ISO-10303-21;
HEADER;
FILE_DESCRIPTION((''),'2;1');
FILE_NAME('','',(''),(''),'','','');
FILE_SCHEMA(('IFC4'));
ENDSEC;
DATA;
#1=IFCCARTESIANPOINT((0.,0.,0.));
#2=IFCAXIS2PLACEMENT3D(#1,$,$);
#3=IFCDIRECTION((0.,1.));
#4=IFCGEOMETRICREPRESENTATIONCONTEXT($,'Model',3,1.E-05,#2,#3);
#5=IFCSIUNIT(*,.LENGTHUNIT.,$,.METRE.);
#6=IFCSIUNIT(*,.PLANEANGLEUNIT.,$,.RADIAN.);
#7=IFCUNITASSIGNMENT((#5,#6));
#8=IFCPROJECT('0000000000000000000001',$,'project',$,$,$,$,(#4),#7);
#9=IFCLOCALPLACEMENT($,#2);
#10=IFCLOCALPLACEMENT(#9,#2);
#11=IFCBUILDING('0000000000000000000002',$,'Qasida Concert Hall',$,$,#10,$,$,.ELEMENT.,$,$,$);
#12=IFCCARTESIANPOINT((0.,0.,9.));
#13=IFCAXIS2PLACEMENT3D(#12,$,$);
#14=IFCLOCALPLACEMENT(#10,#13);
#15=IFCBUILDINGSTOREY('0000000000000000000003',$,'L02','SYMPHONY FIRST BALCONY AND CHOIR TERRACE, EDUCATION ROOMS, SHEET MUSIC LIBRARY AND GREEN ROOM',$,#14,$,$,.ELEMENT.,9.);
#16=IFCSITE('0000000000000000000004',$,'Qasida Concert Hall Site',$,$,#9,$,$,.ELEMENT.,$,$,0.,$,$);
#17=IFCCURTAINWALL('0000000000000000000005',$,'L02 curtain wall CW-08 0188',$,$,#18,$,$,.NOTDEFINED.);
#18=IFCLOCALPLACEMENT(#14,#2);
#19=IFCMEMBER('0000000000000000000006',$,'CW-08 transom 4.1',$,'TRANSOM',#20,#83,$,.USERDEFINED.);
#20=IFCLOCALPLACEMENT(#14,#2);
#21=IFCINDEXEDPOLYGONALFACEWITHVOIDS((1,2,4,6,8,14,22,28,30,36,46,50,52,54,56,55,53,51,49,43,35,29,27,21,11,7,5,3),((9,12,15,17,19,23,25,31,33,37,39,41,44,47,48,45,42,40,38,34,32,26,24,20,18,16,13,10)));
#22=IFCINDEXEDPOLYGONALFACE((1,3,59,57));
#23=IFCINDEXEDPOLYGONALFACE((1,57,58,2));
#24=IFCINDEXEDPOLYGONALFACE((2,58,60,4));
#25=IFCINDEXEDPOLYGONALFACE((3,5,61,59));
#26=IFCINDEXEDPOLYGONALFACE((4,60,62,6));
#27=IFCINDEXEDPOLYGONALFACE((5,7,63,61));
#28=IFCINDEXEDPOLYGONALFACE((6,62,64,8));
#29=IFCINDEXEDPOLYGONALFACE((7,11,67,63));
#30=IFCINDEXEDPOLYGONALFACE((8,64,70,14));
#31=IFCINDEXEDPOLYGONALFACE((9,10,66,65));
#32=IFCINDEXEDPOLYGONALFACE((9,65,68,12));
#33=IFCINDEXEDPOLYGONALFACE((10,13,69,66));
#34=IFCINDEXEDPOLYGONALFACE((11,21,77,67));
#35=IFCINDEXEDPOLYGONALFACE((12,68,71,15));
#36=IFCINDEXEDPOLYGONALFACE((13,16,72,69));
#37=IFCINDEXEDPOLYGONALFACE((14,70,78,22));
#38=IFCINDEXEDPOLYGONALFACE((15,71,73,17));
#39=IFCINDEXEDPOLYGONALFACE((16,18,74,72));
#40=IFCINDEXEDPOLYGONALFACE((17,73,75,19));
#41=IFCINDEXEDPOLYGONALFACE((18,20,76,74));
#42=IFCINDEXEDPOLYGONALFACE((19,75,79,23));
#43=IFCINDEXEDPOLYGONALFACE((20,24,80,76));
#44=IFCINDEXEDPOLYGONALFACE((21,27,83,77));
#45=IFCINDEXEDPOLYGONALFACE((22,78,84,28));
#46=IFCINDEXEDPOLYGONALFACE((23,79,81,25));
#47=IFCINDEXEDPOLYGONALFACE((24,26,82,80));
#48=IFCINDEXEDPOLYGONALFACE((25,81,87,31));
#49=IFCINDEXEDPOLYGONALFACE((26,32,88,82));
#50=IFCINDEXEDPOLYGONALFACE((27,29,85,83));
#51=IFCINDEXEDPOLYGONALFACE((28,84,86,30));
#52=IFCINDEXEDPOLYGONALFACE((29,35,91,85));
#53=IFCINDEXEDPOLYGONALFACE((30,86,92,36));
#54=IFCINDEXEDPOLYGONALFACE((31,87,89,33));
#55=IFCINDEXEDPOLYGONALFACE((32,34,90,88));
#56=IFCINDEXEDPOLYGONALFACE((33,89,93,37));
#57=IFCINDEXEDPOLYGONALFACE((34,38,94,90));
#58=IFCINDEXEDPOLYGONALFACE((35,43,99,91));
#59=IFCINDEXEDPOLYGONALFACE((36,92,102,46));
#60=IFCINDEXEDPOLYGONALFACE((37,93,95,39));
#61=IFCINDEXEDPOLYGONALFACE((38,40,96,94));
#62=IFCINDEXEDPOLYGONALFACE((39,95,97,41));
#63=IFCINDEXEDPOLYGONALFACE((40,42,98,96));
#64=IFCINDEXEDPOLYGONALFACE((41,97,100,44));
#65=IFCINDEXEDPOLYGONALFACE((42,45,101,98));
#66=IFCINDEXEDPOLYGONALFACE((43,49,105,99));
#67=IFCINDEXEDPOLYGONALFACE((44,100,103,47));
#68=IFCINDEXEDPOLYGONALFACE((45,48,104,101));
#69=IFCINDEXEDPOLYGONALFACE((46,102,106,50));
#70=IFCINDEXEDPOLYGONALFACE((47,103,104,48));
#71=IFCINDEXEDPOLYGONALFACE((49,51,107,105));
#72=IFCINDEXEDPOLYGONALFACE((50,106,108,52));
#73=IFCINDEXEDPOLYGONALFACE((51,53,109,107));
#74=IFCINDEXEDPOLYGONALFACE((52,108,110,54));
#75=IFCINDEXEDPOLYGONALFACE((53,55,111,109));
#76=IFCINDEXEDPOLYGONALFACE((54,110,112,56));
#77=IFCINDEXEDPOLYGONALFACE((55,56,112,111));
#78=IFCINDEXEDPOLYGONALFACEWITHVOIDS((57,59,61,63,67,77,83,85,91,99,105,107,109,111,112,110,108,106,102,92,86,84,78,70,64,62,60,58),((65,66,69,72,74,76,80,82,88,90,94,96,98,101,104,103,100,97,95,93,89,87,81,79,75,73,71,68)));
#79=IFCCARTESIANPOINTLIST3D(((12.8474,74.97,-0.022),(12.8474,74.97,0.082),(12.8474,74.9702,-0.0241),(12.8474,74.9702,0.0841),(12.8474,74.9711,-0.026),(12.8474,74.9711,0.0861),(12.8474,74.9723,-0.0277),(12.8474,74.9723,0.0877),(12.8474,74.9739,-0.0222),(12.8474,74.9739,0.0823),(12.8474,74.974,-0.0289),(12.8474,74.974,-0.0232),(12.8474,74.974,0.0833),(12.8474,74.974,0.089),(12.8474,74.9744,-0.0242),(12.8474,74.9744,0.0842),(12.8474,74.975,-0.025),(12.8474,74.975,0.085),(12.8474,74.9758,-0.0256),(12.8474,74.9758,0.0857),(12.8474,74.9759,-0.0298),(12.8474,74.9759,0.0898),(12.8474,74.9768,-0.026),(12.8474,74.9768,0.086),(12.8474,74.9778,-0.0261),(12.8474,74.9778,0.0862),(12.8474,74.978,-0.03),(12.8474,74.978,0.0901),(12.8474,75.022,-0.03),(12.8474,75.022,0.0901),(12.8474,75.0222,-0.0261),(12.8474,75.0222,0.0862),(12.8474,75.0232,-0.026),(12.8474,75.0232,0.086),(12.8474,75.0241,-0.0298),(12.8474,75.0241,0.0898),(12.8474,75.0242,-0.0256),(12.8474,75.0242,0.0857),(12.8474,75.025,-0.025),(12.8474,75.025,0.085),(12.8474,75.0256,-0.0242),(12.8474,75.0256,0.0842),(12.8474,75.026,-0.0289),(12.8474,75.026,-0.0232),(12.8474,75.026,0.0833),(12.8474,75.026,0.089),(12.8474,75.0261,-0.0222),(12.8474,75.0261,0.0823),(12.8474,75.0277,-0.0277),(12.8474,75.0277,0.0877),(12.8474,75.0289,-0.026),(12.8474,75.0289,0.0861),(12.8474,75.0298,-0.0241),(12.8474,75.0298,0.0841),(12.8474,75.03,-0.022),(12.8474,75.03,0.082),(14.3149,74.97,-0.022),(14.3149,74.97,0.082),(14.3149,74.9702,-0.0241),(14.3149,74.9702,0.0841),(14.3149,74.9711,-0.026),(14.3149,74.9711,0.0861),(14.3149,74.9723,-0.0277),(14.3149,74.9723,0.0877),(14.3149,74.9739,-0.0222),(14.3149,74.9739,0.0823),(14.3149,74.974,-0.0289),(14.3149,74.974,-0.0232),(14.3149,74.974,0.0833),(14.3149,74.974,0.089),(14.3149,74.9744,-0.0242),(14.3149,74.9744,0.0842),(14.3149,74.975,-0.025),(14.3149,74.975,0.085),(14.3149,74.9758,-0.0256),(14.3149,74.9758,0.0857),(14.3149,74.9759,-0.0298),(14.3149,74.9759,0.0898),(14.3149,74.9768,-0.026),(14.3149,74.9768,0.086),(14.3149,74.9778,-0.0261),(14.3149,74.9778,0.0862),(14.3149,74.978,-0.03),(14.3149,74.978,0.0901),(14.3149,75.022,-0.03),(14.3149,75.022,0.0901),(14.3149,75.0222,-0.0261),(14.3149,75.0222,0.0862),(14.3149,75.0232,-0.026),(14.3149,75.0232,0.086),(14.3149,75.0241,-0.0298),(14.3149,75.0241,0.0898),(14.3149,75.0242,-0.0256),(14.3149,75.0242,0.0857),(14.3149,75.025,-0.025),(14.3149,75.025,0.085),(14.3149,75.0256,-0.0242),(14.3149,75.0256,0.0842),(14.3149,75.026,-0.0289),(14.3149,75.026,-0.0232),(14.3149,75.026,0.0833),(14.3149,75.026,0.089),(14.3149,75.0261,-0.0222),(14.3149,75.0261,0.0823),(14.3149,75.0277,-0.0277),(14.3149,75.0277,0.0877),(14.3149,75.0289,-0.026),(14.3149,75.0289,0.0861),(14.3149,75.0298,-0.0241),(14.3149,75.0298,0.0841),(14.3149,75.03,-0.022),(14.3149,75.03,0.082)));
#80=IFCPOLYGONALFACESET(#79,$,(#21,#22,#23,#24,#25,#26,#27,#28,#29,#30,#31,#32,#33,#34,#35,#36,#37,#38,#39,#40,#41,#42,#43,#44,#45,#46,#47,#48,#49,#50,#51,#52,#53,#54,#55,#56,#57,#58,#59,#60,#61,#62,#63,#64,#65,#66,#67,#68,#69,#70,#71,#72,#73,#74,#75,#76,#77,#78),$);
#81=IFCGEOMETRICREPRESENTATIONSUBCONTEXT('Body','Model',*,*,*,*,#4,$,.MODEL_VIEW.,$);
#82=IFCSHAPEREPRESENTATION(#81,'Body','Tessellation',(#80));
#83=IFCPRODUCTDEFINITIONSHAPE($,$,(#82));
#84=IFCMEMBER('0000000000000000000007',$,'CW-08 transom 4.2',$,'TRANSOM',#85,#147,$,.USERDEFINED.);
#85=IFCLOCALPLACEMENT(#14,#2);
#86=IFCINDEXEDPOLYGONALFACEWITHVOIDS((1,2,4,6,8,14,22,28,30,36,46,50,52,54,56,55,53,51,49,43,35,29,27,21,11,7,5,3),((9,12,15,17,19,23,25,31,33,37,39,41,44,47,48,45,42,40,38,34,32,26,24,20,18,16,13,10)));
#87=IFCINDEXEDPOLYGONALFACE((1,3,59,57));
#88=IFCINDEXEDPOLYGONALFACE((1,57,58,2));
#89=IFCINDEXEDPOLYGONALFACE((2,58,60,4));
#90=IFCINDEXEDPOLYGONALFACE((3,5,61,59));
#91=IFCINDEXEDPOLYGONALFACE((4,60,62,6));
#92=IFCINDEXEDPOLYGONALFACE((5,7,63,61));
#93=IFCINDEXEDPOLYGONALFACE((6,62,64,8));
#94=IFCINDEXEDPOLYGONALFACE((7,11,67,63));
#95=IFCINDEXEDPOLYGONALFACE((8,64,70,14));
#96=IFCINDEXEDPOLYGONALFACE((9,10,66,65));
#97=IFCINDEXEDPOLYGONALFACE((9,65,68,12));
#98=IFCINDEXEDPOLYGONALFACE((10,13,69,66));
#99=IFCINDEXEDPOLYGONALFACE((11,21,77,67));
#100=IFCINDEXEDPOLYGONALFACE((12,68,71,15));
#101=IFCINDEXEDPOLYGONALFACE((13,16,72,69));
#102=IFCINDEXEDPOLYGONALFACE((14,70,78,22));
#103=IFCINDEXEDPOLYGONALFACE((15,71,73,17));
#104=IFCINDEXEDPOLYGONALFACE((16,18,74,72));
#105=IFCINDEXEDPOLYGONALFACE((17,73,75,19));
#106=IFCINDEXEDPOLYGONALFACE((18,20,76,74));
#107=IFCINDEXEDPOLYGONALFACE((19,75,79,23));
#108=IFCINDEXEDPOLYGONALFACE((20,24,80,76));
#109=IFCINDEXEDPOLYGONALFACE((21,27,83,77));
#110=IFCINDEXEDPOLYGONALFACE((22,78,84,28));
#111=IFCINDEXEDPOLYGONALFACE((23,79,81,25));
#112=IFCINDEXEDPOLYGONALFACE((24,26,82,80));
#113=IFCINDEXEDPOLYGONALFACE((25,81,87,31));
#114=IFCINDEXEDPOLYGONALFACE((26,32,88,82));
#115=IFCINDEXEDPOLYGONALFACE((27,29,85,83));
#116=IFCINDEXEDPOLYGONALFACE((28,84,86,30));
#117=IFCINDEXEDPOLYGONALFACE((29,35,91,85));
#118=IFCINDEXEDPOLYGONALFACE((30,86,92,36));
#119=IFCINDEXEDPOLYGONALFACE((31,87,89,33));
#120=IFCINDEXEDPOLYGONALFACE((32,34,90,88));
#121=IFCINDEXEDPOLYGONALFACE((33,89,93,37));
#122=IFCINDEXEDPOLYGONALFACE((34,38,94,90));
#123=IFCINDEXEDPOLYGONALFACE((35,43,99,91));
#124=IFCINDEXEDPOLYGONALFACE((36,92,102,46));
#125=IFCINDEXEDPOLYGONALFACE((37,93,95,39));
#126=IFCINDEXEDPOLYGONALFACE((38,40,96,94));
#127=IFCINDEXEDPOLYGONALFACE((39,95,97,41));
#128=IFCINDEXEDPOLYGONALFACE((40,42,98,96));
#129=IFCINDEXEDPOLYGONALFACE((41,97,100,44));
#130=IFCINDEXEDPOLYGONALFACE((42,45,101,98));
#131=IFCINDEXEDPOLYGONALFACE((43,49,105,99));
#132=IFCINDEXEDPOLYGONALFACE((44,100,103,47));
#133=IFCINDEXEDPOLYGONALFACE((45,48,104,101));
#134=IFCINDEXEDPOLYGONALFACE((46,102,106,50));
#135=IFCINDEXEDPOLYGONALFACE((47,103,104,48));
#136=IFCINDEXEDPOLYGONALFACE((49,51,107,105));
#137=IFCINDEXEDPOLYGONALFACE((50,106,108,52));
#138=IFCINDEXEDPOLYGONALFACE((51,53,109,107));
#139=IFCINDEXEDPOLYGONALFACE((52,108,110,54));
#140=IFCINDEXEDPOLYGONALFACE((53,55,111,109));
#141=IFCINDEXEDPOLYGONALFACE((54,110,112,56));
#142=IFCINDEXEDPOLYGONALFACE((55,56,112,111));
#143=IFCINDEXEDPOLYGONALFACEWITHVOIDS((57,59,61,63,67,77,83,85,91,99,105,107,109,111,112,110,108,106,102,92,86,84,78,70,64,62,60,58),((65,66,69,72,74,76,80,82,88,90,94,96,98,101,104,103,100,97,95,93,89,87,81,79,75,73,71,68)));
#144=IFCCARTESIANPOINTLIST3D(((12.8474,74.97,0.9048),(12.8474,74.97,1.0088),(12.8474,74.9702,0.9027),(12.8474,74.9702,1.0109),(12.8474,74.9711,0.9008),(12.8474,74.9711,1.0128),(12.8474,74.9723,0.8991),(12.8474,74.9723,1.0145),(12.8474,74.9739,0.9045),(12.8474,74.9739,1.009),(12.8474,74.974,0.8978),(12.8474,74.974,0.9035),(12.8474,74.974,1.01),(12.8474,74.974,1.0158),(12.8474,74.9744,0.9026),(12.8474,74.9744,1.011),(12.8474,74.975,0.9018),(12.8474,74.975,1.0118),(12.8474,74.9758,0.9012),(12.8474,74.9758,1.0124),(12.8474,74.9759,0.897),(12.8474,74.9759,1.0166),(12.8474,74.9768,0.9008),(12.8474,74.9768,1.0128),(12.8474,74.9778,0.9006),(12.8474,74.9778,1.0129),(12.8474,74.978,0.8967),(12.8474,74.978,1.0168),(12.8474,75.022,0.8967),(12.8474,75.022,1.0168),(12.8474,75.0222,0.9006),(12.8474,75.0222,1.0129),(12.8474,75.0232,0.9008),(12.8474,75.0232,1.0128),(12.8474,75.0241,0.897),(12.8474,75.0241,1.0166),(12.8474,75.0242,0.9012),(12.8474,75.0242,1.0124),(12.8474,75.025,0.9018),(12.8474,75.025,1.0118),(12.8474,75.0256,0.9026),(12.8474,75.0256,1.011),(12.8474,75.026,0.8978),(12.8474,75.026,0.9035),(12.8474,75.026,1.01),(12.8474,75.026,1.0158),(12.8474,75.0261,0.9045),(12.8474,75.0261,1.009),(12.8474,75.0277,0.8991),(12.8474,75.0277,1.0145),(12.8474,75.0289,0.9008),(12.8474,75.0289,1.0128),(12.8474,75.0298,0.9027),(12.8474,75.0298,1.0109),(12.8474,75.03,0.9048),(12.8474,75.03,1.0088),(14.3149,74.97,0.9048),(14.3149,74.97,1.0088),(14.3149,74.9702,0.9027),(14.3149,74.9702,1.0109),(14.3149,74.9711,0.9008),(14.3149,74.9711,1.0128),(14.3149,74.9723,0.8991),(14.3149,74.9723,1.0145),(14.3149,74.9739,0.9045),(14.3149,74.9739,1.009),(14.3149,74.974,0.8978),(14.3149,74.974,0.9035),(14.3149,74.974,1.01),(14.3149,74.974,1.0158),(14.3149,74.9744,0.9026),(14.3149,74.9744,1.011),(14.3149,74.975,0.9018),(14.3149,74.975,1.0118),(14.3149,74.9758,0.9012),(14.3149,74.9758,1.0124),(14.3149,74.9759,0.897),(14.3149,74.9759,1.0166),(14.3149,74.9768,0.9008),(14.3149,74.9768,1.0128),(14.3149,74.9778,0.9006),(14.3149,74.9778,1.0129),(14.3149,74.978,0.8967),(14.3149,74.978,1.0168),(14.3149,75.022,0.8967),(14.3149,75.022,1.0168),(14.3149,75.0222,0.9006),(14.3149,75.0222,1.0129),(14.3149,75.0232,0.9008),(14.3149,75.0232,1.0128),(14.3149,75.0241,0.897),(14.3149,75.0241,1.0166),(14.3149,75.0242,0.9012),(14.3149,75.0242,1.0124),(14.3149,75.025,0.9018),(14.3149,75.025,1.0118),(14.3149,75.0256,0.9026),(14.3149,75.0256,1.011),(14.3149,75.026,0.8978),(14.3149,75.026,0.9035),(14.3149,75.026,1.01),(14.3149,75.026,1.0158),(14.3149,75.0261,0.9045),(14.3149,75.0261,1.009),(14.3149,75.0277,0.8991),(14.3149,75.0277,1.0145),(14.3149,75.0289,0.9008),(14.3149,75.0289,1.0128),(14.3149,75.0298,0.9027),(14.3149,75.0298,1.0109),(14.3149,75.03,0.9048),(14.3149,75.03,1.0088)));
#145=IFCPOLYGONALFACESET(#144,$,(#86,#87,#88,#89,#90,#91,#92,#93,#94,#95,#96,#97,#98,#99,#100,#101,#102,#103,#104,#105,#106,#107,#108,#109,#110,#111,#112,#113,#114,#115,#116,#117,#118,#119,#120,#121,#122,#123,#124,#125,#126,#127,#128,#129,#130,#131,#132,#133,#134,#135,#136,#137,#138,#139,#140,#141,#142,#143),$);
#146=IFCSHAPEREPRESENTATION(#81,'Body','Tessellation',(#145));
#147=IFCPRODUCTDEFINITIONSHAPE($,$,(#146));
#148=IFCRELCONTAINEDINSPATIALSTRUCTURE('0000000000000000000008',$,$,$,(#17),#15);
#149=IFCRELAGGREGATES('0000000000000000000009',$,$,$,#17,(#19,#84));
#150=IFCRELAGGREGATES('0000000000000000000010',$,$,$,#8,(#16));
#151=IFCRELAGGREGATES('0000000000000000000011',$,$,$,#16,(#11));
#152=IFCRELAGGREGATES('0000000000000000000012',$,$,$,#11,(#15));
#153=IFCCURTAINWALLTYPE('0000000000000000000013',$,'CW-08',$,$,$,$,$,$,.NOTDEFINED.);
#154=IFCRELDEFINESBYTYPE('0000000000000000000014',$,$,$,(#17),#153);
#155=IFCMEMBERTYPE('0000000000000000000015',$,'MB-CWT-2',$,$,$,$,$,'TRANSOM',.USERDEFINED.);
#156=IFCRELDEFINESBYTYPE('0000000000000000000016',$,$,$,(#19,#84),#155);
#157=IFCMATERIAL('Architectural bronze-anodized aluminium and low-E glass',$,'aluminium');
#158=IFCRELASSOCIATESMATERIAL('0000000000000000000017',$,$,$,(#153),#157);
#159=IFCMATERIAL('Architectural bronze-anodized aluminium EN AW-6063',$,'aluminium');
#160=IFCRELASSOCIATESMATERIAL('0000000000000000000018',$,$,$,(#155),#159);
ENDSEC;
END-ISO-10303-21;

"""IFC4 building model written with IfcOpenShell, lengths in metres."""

from ifc_helpers import new_model, si_unit, direction, frame, origin, origin_2d, place, context, subcontext, project, spatial, hollow_rectangle, extrude, material, material_profile, profile_set, type_object, element, aggregate, save


model = new_model("IFC4")

# Units and contexts
model_context = context("Model", 3, precision=1e-05, world=origin(), true_north=direction((0.0, 1.0)))
body_context = subcontext(model_context, "Body", "Model", "MODEL_VIEW")
ifc_project = project(units=[si_unit("LENGTHUNIT", "METRE"), si_unit("PLANEANGLEUNIT", "RADIAN")], contexts=[model_context])

# Site, building, storey
site_placement = place(None, origin())
site = spatial("IfcSite", under=ifc_project, at=site_placement, Name="Qasida Concert Hall Site", CompositionType="ELEMENT", RefElevation=0.0)
building_placement = place(site_placement, origin())
building = spatial("IfcBuilding", under=site, at=building_placement, Name="Qasida Concert Hall", CompositionType="ELEMENT")
storey_placement = place(building_placement, frame((0.0, 0.0, 9.0)))
storey = spatial("IfcBuildingStorey", under=building, at=storey_placement, Name="L02", Description="SYMPHONY FIRST BALCONY AND CHOIR TERRACE, EDUCATION ROOMS, SHEET MUSIC LIBRARY AND GREEN ROOM", CompositionType="ELEMENT", Elevation=9.0)

# Curtain wall, members
ifc_material_1 = material(Name="Architectural bronze-anodized aluminium and low-E glass", Category="aluminium")
curtain_wall_type = type_object("IfcCurtainWallType", Name="CW-08", PredefinedType="NOTDEFINED", material=ifc_material_1)
curtain_wall_placement = place(storey_placement, origin())
curtain_wall = element("IfcCurtainWall", 1, at=curtain_wall_placement, inside=storey, type_object=curtain_wall_type, Name="L02 curtain wall CW-08 0188", PredefinedType="NOTDEFINED")
ifc_material_2 = material(Name="Architectural bronze-anodized aluminium EN AW-6063", Category="aluminium")
ifc_material_profile_1 = material_profile(ifc_material_2, hollow_rectangle(XDim=0.0601, YDim=0.1201, WallThickness=0.0039, InnerFilletRadius=0.0039, OuterFilletRadius=0.0081, at=origin_2d()), Name="CWT 120x60x4")
ifc_profile_set_1 = profile_set([ifc_material_profile_1], Name="Architectural bronze-anodized aluminium EN AW-6063")
member_type_1 = type_object("IfcMemberType", Name="MB-CWT-2", ElementType="TRANSOM", PredefinedType="USERDEFINED", material=ifc_profile_set_1)
member_1_placement = place(storey_placement, frame((12.8474, 75.0, 0.03), z_axis=(1.0, 0.0, 0.0), x_axis=(0.0, 1.0, 0.0)))
member_1 = element("IfcMember", 2, at=member_1_placement, type_object=member_type_1, Name="CW-08 transom 4.1", ObjectType="TRANSOM", PredefinedType="USERDEFINED", context=body_context, shape_type="SweptSolid", body=[
    extrude(hollow_rectangle(XDim=0.0601, YDim=0.1201, WallThickness=0.0039, InnerFilletRadius=0.0039, OuterFilletRadius=0.0081, at=origin_2d()), origin(), (0.0, 0.0, 1.0), 1.4675),
])
member_2_placement = place(storey_placement, frame((12.8474, 75.0, 0.9568), z_axis=(1.0, 0.0, 0.0), x_axis=(0.0, 1.0, 0.0)))
member_2 = element("IfcMember", 3, at=member_2_placement, type_object=member_type_1, Name="CW-08 transom 4.2", ObjectType="TRANSOM", PredefinedType="USERDEFINED", context=body_context, shape_type="SweptSolid", body=[
    extrude(hollow_rectangle(XDim=0.0601, YDim=0.1201, WallThickness=0.0039, InnerFilletRadius=0.0039, OuterFilletRadius=0.0081, at=origin_2d()), origin(), (0.0, 0.0, 1.0), 1.4675),
])
aggregate(curtain_wall, [member_1, member_2])

save(model, "model.ifc")
